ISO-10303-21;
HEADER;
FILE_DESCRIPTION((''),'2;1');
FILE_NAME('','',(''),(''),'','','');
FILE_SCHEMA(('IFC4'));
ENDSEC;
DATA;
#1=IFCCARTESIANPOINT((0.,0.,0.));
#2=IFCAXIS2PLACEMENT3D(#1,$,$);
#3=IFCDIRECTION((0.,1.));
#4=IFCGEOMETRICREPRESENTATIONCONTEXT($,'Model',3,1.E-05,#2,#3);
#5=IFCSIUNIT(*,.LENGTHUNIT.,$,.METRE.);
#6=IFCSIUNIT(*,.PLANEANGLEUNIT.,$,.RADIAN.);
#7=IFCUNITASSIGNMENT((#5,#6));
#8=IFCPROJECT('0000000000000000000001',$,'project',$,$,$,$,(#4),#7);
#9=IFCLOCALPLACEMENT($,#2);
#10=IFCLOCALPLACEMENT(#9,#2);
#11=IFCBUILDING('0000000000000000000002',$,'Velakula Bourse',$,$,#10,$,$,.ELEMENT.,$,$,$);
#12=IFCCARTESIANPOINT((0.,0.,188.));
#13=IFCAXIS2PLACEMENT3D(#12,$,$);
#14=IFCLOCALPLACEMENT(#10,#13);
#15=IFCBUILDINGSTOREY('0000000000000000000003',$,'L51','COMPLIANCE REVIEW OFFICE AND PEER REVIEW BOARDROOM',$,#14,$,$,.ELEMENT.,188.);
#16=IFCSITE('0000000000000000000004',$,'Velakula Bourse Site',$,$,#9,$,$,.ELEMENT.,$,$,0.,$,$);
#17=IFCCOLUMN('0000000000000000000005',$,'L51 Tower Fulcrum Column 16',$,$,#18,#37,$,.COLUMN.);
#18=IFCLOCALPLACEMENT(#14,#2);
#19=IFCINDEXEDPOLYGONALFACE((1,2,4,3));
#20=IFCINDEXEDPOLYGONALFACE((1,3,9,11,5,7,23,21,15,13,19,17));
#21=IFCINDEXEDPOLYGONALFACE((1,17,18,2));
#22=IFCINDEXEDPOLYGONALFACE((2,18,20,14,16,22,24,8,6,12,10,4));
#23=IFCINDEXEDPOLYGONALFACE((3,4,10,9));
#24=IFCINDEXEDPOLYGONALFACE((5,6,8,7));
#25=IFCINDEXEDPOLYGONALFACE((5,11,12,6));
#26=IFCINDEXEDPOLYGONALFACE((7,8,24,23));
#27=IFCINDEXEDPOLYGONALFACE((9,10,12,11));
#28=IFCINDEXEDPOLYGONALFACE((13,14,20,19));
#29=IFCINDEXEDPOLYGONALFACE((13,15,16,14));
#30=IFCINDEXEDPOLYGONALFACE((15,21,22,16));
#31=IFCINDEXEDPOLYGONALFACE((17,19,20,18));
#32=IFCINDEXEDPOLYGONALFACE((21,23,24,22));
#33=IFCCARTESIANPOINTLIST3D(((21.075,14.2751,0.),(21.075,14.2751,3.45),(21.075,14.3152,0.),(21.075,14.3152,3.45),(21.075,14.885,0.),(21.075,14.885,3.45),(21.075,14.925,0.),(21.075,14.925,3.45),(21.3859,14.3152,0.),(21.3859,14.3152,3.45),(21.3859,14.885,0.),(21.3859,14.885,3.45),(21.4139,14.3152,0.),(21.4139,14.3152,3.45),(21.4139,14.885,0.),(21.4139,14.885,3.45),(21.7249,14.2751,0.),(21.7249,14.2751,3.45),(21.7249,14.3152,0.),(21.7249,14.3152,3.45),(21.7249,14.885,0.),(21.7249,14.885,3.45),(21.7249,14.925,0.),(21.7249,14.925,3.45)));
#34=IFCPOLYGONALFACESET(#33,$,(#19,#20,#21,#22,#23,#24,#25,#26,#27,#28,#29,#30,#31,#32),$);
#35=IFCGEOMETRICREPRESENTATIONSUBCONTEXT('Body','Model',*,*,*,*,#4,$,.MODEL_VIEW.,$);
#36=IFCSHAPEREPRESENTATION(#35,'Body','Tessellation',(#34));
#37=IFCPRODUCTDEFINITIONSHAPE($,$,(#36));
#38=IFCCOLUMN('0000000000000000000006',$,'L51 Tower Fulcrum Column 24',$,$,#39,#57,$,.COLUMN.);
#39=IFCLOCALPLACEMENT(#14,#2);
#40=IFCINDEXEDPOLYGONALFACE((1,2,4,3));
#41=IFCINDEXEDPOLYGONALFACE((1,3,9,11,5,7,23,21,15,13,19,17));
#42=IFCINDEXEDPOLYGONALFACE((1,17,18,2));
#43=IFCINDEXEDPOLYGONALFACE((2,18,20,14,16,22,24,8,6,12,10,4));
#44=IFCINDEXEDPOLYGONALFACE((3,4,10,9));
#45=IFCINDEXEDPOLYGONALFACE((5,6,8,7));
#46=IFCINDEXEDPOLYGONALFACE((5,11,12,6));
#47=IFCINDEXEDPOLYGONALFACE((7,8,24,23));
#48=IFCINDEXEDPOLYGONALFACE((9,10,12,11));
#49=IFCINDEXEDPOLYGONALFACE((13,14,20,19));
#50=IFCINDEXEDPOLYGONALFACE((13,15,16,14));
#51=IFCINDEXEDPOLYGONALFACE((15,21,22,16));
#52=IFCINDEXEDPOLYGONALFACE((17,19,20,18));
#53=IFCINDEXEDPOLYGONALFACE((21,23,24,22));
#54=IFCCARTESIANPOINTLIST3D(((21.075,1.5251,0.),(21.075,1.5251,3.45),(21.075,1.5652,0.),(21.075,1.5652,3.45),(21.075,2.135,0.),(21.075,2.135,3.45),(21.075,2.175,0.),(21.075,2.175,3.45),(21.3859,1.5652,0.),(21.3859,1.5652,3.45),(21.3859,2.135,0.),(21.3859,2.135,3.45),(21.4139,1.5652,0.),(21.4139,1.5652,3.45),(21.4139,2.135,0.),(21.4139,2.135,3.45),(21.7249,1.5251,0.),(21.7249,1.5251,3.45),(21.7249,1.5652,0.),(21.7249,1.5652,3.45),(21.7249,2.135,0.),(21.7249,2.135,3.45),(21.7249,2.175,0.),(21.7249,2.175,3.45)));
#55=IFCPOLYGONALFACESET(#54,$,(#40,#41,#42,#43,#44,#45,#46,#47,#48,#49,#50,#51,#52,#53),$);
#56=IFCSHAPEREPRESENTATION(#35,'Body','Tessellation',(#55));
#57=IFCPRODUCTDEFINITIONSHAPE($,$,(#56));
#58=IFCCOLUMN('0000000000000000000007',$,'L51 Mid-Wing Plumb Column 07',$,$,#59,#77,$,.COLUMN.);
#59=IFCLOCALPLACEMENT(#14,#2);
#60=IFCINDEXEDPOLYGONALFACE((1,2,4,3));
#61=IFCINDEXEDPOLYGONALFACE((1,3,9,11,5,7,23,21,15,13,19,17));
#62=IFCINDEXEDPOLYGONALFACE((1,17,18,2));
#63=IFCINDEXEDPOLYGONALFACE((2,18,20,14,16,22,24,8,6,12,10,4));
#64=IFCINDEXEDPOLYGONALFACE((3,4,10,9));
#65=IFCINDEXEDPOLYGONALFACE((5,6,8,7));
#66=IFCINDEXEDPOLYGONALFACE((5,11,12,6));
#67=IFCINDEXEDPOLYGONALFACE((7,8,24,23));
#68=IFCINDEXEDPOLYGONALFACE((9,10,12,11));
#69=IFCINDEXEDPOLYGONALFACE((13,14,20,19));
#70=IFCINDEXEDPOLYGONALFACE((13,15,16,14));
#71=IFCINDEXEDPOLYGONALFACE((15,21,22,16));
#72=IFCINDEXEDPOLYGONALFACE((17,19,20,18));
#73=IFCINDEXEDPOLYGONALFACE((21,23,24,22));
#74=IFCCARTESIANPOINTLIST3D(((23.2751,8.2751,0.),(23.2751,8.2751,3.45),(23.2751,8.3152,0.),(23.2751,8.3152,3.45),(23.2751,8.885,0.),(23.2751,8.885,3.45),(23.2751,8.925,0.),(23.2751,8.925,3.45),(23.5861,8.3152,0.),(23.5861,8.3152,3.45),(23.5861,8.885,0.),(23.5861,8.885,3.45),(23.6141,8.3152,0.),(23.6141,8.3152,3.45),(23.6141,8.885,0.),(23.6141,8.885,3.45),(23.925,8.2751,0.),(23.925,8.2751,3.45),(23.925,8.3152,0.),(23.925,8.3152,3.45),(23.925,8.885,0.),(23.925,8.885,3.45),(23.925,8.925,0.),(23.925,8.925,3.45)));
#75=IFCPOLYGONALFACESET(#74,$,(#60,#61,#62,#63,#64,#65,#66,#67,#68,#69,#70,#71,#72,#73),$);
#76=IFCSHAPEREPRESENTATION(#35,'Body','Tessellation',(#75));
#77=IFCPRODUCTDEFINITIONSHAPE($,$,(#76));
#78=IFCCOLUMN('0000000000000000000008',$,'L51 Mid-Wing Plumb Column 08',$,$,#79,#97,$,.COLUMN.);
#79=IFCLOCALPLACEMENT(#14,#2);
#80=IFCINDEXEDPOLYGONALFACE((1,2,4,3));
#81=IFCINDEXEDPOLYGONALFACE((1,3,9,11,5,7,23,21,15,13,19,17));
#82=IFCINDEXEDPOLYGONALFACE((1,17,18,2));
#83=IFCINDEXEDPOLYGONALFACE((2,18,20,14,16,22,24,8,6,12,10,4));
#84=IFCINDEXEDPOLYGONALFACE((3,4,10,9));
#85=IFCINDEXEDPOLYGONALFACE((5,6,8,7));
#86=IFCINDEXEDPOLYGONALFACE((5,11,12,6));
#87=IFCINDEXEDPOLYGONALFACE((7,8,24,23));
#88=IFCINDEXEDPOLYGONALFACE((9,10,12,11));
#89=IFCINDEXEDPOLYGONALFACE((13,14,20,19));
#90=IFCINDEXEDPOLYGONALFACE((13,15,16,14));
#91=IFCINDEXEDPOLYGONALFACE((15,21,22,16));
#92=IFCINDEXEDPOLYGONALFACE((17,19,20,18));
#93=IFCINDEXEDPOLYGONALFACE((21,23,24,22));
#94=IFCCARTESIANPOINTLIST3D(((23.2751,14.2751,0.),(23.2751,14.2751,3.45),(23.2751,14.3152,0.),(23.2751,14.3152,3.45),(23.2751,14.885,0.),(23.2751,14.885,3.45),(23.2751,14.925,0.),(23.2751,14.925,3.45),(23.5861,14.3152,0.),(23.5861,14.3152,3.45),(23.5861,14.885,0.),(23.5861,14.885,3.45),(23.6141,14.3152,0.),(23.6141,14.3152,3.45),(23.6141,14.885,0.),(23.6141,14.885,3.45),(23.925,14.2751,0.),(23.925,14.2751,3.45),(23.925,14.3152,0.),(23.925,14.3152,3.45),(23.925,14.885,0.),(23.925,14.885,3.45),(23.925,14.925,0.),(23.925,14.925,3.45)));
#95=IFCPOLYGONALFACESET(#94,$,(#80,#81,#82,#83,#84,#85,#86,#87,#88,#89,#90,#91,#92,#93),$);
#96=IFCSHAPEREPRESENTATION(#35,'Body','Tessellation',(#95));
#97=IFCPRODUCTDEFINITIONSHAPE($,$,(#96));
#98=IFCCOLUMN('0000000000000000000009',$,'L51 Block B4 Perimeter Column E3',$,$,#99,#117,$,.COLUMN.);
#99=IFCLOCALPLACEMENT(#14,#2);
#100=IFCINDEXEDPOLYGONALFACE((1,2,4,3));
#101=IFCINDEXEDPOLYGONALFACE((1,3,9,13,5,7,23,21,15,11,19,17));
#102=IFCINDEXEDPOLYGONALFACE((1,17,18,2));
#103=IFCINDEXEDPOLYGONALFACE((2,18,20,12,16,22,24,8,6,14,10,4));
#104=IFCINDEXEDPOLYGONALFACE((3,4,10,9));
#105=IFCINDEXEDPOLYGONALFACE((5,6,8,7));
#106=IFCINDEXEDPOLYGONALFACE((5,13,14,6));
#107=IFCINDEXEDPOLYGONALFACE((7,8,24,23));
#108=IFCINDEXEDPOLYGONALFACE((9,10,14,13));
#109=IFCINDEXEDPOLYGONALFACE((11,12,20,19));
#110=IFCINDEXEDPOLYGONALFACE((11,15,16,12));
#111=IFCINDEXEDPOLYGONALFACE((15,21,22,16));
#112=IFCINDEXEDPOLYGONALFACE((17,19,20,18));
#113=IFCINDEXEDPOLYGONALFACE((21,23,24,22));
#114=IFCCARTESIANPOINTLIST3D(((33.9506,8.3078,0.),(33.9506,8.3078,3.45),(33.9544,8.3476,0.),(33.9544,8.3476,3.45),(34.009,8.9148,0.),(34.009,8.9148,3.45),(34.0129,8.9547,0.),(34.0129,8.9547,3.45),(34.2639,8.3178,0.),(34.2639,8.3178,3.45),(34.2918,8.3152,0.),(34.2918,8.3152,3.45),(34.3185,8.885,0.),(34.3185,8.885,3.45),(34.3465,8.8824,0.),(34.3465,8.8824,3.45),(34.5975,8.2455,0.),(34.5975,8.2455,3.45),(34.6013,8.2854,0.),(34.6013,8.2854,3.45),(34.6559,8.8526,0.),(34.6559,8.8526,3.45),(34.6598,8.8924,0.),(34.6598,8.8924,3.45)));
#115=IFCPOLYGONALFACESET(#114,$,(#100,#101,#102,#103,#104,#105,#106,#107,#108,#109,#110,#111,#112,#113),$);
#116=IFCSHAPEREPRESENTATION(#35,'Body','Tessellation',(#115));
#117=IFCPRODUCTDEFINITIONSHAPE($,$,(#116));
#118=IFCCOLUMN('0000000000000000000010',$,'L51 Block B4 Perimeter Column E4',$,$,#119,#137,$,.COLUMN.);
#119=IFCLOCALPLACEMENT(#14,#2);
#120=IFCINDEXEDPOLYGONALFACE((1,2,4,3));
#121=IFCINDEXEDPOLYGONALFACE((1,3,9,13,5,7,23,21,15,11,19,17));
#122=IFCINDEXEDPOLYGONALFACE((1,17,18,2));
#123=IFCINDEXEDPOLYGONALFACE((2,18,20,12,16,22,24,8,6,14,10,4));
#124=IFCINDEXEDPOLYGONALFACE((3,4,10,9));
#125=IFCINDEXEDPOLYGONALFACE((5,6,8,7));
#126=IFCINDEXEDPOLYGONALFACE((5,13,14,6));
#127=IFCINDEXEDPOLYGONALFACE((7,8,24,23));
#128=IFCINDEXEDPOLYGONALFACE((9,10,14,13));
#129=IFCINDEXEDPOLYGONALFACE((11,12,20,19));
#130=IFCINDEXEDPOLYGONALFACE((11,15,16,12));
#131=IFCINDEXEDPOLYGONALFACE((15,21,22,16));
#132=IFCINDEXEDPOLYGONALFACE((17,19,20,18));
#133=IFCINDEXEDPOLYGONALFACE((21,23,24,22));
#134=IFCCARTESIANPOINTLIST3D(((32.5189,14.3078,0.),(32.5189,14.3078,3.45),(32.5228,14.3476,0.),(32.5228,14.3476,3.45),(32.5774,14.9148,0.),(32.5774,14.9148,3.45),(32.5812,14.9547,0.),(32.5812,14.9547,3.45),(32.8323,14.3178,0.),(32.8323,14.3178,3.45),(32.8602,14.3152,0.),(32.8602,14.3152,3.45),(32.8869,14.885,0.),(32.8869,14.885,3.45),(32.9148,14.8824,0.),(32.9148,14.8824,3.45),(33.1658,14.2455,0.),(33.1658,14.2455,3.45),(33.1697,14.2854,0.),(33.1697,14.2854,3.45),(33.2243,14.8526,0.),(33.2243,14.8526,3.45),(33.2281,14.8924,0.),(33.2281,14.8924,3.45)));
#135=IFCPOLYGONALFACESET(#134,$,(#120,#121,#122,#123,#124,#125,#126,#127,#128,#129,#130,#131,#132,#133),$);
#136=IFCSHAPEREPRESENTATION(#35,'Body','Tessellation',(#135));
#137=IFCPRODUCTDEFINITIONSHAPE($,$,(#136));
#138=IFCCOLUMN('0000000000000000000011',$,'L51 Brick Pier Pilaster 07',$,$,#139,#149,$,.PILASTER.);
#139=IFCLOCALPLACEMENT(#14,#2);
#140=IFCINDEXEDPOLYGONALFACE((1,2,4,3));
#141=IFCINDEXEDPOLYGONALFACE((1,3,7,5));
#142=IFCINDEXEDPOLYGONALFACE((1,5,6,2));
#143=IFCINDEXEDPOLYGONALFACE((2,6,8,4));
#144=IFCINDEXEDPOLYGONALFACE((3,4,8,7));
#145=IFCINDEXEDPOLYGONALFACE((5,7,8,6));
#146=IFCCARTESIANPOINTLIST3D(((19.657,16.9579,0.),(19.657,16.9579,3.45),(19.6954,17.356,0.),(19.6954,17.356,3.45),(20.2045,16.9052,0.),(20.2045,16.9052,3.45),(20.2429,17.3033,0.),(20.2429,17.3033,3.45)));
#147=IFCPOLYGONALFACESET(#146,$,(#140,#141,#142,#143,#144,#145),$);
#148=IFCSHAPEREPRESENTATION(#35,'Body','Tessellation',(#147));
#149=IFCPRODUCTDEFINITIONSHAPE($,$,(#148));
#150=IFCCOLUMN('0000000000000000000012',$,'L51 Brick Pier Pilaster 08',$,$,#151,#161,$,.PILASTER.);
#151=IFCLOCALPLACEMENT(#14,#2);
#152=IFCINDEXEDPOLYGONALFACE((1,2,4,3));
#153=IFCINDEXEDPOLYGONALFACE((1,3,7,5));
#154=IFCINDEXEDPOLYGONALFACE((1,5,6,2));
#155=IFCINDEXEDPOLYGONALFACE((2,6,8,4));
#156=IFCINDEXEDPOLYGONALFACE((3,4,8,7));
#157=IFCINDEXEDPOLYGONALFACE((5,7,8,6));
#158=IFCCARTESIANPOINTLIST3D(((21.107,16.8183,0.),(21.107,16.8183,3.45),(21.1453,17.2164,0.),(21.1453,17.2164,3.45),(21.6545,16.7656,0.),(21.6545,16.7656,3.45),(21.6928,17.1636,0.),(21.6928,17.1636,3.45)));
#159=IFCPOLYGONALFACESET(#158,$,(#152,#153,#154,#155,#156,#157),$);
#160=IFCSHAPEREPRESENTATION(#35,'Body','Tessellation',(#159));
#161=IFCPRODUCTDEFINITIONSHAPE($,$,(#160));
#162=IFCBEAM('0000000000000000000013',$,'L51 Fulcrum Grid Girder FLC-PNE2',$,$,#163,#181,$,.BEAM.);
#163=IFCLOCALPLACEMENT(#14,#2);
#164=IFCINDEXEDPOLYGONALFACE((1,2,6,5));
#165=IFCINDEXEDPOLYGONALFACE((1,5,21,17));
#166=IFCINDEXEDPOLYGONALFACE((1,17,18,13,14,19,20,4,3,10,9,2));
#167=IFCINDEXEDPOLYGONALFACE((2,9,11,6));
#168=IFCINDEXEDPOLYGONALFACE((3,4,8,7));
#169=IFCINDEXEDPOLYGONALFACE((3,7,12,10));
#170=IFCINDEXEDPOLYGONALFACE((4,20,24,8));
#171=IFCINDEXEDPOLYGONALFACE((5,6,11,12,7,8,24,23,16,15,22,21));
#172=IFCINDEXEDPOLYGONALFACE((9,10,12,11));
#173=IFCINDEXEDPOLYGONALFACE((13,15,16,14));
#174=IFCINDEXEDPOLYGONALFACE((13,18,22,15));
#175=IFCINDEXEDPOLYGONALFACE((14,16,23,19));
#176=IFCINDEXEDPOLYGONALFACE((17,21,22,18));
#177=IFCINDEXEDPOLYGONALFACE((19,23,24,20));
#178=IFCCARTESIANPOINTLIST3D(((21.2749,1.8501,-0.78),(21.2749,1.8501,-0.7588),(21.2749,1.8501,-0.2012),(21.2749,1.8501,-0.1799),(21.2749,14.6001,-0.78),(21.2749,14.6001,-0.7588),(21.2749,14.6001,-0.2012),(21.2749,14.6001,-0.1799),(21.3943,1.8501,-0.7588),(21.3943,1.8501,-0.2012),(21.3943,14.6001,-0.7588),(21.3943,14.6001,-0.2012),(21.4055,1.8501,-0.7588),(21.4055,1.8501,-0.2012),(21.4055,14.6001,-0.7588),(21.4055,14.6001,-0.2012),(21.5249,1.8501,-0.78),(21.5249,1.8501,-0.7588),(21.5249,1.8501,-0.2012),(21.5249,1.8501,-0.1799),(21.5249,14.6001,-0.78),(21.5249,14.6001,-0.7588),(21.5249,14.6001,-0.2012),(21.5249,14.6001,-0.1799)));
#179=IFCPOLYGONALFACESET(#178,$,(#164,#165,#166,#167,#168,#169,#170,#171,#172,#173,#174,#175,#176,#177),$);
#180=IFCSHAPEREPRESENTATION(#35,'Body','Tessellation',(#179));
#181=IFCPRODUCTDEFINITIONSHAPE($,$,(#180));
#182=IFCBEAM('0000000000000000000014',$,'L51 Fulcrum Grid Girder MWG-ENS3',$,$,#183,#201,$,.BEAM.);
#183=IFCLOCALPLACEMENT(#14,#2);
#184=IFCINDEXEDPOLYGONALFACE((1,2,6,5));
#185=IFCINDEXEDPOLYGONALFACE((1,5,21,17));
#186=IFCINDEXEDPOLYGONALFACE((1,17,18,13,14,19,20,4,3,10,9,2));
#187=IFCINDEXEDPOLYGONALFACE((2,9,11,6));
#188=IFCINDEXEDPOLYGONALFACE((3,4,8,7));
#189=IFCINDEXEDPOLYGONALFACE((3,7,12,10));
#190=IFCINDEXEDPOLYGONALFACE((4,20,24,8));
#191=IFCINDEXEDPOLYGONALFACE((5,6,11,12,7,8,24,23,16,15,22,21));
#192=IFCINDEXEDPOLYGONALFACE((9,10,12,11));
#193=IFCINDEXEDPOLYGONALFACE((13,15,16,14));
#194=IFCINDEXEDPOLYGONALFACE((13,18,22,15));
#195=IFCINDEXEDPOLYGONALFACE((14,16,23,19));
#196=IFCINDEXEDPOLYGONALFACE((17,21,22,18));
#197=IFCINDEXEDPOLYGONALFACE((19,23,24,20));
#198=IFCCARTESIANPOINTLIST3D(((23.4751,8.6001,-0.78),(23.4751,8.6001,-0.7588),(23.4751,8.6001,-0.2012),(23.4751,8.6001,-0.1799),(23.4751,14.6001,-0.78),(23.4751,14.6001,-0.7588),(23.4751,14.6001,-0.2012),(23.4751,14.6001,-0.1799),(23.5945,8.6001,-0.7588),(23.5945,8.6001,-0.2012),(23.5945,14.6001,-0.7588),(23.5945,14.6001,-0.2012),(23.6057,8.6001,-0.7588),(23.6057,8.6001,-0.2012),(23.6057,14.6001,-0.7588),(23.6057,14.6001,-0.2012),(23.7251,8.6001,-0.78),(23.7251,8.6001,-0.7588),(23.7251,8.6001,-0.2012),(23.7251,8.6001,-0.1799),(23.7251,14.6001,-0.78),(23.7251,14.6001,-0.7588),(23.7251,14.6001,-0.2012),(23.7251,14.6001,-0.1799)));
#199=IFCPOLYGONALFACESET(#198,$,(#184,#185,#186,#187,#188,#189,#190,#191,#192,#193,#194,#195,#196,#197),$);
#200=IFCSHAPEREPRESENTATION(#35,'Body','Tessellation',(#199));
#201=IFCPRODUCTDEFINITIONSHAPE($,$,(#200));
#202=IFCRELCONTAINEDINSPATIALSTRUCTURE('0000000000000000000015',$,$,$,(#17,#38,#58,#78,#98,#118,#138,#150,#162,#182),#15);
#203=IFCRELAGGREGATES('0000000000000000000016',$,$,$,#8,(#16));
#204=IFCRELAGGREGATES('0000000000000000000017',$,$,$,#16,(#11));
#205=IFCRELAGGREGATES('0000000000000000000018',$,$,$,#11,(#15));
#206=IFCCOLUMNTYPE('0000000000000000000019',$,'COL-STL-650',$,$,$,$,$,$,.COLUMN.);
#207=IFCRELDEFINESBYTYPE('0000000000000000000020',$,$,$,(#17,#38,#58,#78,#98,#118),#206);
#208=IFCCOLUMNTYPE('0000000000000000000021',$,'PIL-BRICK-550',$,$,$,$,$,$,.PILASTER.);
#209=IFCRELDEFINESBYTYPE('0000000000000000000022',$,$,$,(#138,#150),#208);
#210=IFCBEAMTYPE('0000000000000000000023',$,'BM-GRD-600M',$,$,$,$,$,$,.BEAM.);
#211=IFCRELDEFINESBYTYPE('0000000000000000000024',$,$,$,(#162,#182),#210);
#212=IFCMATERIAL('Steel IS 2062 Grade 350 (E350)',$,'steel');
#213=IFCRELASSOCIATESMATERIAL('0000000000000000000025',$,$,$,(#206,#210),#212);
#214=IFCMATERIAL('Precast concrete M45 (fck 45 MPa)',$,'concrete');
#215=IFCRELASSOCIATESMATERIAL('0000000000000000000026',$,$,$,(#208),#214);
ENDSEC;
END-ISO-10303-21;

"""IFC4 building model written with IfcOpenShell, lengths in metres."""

from ifc_helpers import new_model, si_unit, direction, frame, origin, origin_2d, place, context, subcontext, project, spatial, rectangle, i_section, extrude, material, material_profile, profile_set, type_object, element, save


model = new_model("IFC4")

# Units and contexts
model_context = context("Model", 3, precision=1e-05, world=origin(), true_north=direction((0.0, 1.0)))
body_context = subcontext(model_context, "Body", "Model", "MODEL_VIEW")
ifc_project = project(units=[si_unit("LENGTHUNIT", "METRE"), si_unit("PLANEANGLEUNIT", "RADIAN")], contexts=[model_context])

# Site, building, storey
site_placement = place(None, origin())
site = spatial("IfcSite", under=ifc_project, at=site_placement, Name="Velakula Bourse Site", CompositionType="ELEMENT", RefElevation=0.0)
building_placement = place(site_placement, origin())
building = spatial("IfcBuilding", under=site, at=building_placement, Name="Velakula Bourse", CompositionType="ELEMENT")
storey_placement = place(building_placement, frame((0.0, 0.0, 188.0)))
storey = spatial("IfcBuildingStorey", under=building, at=storey_placement, Name="L51", Description="COMPLIANCE REVIEW OFFICE AND PEER REVIEW BOARDROOM", CompositionType="ELEMENT", Elevation=188.0)

# Columns
ifc_material_1 = material(Name="Steel IS 2062 Grade 350 (E350)", Category="steel")
ifc_material_profile_1 = material_profile(ifc_material_1, i_section(OverallWidth=0.6499, OverallDepth=0.6499, WebThickness=0.0281, FlangeThickness=0.04, at=origin_2d()), Name="Steel IS 2062 Grade 350 (E350)")
ifc_profile_set_1 = profile_set([ifc_material_profile_1], Name="Steel IS 2062 Grade 350 (E350)")
column_type_1 = type_object("IfcColumnType", Name="COL-STL-650", PredefinedType="COLUMN", material=ifc_profile_set_1)
for number, where, z_axis, x_axis, name in (
    (1, (21.3999, 14.6001, 0.0), (0.0, 0.0, 1.0), (1.0, 0.0, 0.0), "L51 Tower Fulcrum Column 16"),
    (2, (21.3999, 1.8501, 0.0), (0.0, 0.0, 1.0), (1.0, 0.0, 0.0), "L51 Tower Fulcrum Column 24"),
    (3, (23.6001, 8.6001, 0.0), (0.0, 0.0, 1.0), (1.0, 0.0, 0.0), "L51 Mid-Wing Plumb Column 07"),
    (4, (23.6001, 14.6001, 0.0), (0.0, 0.0, 1.0), (1.0, 0.0, 0.0), "L51 Mid-Wing Plumb Column 08"),
    (5, (34.3052, 8.6001, 0.0), (0.0, 0.0, 1.0), (0.995396, -0.095846, 0.0), "L51 Block B4 Perimeter Column E3"),
    (6, (32.8735, 14.6001, 0.0), (0.0, 0.0, 1.0), (0.995396, -0.095846, 0.0), "L51 Block B4 Perimeter Column E4"),
):
    element("IfcColumn", number, at=place(storey_placement, frame(where, z_axis=z_axis, x_axis=x_axis)), inside=storey, type_object=column_type_1, Name=name, PredefinedType="COLUMN", context=body_context, shape_type="SweptSolid", body=[
        extrude(i_section(OverallWidth=0.6499, OverallDepth=0.6499, WebThickness=0.0281, FlangeThickness=0.04, at=origin_2d()), origin(), (0.0, 0.0, 1.0), 3.45),
    ])
ifc_material_2 = material(Name="Precast concrete M45 (fck 45 MPa)", Category="concrete")
ifc_material_profile_2 = material_profile(ifc_material_2, rectangle(XDim=0.55, YDim=0.3999, at=origin_2d()), Name="Precast concrete M45 (fck 45 MPa)")
ifc_profile_set_2 = profile_set([ifc_material_profile_2], Name="Precast concrete M45 (fck 45 MPa)")
column_type_2 = type_object("IfcColumnType", Name="PIL-BRICK-550", PredefinedType="PILASTER", material=ifc_profile_set_2)
for number, where, z_axis, x_axis, name in (
    (7, (19.95, 17.1306, 0.0), (0.0, 0.0, 1.0), (0.995396, -0.095846, 0.0), "L51 Brick Pier Pilaster 07"),
    (8, (21.3999, 16.991, 0.0), (0.0, 0.0, 1.0), (0.995396, -0.095846, 0.0), "L51 Brick Pier Pilaster 08"),
):
    element("IfcColumn", number, at=place(storey_placement, frame(where, z_axis=z_axis, x_axis=x_axis)), inside=storey, type_object=column_type_2, Name=name, PredefinedType="PILASTER", context=body_context, shape_type="SweptSolid", body=[
        extrude(rectangle(XDim=0.55, YDim=0.3999, at=origin_2d()), origin(), (0.0, 0.0, 1.0), 3.45),
    ])

# Beams
ifc_material_profile_3 = material_profile(ifc_material_1, i_section(OverallWidth=0.25, OverallDepth=0.6001, WebThickness=0.0112, FlangeThickness=0.0212, at=origin_2d()), Name="Steel IS 2062 Grade 350 (E350)")
ifc_profile_set_3 = profile_set([ifc_material_profile_3], Name="Steel IS 2062 Grade 350 (E350)")
beam_type_1 = type_object("IfcBeamType", Name="BM-GRD-600M", PredefinedType="BEAM", material=ifc_profile_set_3)
beam_1_placement = place(storey_placement, frame((21.3999, 1.8501, -0.48), z_axis=(0.0, 1.0, 0.0), x_axis=(-1.0, 0.0, 0.0)))
element("IfcBeam", 9, at=beam_1_placement, inside=storey, type_object=beam_type_1, Name="L51 Fulcrum Grid Girder FLC-PNE2", PredefinedType="BEAM", context=body_context, shape_type="SweptSolid", body=[
    extrude(i_section(OverallWidth=0.25, OverallDepth=0.6001, WebThickness=0.0112, FlangeThickness=0.0212, at=origin_2d()), origin(), (0.0, 0.0, 1.0), 12.75),
])
beam_2_placement = place(storey_placement, frame((23.6001, 8.6001, -0.48), z_axis=(0.0, 1.0, 0.0), x_axis=(-1.0, 0.0, 0.0)))
element("IfcBeam", 10, at=beam_2_placement, inside=storey, type_object=beam_type_1, Name="L51 Fulcrum Grid Girder MWG-ENS3", PredefinedType="BEAM", context=body_context, shape_type="SweptSolid", body=[
    extrude(i_section(OverallWidth=0.25, OverallDepth=0.6001, WebThickness=0.0112, FlangeThickness=0.0212, at=origin_2d()), origin(), (0.0, 0.0, 1.0), 6.0),
])

save(model, "model.ifc")
